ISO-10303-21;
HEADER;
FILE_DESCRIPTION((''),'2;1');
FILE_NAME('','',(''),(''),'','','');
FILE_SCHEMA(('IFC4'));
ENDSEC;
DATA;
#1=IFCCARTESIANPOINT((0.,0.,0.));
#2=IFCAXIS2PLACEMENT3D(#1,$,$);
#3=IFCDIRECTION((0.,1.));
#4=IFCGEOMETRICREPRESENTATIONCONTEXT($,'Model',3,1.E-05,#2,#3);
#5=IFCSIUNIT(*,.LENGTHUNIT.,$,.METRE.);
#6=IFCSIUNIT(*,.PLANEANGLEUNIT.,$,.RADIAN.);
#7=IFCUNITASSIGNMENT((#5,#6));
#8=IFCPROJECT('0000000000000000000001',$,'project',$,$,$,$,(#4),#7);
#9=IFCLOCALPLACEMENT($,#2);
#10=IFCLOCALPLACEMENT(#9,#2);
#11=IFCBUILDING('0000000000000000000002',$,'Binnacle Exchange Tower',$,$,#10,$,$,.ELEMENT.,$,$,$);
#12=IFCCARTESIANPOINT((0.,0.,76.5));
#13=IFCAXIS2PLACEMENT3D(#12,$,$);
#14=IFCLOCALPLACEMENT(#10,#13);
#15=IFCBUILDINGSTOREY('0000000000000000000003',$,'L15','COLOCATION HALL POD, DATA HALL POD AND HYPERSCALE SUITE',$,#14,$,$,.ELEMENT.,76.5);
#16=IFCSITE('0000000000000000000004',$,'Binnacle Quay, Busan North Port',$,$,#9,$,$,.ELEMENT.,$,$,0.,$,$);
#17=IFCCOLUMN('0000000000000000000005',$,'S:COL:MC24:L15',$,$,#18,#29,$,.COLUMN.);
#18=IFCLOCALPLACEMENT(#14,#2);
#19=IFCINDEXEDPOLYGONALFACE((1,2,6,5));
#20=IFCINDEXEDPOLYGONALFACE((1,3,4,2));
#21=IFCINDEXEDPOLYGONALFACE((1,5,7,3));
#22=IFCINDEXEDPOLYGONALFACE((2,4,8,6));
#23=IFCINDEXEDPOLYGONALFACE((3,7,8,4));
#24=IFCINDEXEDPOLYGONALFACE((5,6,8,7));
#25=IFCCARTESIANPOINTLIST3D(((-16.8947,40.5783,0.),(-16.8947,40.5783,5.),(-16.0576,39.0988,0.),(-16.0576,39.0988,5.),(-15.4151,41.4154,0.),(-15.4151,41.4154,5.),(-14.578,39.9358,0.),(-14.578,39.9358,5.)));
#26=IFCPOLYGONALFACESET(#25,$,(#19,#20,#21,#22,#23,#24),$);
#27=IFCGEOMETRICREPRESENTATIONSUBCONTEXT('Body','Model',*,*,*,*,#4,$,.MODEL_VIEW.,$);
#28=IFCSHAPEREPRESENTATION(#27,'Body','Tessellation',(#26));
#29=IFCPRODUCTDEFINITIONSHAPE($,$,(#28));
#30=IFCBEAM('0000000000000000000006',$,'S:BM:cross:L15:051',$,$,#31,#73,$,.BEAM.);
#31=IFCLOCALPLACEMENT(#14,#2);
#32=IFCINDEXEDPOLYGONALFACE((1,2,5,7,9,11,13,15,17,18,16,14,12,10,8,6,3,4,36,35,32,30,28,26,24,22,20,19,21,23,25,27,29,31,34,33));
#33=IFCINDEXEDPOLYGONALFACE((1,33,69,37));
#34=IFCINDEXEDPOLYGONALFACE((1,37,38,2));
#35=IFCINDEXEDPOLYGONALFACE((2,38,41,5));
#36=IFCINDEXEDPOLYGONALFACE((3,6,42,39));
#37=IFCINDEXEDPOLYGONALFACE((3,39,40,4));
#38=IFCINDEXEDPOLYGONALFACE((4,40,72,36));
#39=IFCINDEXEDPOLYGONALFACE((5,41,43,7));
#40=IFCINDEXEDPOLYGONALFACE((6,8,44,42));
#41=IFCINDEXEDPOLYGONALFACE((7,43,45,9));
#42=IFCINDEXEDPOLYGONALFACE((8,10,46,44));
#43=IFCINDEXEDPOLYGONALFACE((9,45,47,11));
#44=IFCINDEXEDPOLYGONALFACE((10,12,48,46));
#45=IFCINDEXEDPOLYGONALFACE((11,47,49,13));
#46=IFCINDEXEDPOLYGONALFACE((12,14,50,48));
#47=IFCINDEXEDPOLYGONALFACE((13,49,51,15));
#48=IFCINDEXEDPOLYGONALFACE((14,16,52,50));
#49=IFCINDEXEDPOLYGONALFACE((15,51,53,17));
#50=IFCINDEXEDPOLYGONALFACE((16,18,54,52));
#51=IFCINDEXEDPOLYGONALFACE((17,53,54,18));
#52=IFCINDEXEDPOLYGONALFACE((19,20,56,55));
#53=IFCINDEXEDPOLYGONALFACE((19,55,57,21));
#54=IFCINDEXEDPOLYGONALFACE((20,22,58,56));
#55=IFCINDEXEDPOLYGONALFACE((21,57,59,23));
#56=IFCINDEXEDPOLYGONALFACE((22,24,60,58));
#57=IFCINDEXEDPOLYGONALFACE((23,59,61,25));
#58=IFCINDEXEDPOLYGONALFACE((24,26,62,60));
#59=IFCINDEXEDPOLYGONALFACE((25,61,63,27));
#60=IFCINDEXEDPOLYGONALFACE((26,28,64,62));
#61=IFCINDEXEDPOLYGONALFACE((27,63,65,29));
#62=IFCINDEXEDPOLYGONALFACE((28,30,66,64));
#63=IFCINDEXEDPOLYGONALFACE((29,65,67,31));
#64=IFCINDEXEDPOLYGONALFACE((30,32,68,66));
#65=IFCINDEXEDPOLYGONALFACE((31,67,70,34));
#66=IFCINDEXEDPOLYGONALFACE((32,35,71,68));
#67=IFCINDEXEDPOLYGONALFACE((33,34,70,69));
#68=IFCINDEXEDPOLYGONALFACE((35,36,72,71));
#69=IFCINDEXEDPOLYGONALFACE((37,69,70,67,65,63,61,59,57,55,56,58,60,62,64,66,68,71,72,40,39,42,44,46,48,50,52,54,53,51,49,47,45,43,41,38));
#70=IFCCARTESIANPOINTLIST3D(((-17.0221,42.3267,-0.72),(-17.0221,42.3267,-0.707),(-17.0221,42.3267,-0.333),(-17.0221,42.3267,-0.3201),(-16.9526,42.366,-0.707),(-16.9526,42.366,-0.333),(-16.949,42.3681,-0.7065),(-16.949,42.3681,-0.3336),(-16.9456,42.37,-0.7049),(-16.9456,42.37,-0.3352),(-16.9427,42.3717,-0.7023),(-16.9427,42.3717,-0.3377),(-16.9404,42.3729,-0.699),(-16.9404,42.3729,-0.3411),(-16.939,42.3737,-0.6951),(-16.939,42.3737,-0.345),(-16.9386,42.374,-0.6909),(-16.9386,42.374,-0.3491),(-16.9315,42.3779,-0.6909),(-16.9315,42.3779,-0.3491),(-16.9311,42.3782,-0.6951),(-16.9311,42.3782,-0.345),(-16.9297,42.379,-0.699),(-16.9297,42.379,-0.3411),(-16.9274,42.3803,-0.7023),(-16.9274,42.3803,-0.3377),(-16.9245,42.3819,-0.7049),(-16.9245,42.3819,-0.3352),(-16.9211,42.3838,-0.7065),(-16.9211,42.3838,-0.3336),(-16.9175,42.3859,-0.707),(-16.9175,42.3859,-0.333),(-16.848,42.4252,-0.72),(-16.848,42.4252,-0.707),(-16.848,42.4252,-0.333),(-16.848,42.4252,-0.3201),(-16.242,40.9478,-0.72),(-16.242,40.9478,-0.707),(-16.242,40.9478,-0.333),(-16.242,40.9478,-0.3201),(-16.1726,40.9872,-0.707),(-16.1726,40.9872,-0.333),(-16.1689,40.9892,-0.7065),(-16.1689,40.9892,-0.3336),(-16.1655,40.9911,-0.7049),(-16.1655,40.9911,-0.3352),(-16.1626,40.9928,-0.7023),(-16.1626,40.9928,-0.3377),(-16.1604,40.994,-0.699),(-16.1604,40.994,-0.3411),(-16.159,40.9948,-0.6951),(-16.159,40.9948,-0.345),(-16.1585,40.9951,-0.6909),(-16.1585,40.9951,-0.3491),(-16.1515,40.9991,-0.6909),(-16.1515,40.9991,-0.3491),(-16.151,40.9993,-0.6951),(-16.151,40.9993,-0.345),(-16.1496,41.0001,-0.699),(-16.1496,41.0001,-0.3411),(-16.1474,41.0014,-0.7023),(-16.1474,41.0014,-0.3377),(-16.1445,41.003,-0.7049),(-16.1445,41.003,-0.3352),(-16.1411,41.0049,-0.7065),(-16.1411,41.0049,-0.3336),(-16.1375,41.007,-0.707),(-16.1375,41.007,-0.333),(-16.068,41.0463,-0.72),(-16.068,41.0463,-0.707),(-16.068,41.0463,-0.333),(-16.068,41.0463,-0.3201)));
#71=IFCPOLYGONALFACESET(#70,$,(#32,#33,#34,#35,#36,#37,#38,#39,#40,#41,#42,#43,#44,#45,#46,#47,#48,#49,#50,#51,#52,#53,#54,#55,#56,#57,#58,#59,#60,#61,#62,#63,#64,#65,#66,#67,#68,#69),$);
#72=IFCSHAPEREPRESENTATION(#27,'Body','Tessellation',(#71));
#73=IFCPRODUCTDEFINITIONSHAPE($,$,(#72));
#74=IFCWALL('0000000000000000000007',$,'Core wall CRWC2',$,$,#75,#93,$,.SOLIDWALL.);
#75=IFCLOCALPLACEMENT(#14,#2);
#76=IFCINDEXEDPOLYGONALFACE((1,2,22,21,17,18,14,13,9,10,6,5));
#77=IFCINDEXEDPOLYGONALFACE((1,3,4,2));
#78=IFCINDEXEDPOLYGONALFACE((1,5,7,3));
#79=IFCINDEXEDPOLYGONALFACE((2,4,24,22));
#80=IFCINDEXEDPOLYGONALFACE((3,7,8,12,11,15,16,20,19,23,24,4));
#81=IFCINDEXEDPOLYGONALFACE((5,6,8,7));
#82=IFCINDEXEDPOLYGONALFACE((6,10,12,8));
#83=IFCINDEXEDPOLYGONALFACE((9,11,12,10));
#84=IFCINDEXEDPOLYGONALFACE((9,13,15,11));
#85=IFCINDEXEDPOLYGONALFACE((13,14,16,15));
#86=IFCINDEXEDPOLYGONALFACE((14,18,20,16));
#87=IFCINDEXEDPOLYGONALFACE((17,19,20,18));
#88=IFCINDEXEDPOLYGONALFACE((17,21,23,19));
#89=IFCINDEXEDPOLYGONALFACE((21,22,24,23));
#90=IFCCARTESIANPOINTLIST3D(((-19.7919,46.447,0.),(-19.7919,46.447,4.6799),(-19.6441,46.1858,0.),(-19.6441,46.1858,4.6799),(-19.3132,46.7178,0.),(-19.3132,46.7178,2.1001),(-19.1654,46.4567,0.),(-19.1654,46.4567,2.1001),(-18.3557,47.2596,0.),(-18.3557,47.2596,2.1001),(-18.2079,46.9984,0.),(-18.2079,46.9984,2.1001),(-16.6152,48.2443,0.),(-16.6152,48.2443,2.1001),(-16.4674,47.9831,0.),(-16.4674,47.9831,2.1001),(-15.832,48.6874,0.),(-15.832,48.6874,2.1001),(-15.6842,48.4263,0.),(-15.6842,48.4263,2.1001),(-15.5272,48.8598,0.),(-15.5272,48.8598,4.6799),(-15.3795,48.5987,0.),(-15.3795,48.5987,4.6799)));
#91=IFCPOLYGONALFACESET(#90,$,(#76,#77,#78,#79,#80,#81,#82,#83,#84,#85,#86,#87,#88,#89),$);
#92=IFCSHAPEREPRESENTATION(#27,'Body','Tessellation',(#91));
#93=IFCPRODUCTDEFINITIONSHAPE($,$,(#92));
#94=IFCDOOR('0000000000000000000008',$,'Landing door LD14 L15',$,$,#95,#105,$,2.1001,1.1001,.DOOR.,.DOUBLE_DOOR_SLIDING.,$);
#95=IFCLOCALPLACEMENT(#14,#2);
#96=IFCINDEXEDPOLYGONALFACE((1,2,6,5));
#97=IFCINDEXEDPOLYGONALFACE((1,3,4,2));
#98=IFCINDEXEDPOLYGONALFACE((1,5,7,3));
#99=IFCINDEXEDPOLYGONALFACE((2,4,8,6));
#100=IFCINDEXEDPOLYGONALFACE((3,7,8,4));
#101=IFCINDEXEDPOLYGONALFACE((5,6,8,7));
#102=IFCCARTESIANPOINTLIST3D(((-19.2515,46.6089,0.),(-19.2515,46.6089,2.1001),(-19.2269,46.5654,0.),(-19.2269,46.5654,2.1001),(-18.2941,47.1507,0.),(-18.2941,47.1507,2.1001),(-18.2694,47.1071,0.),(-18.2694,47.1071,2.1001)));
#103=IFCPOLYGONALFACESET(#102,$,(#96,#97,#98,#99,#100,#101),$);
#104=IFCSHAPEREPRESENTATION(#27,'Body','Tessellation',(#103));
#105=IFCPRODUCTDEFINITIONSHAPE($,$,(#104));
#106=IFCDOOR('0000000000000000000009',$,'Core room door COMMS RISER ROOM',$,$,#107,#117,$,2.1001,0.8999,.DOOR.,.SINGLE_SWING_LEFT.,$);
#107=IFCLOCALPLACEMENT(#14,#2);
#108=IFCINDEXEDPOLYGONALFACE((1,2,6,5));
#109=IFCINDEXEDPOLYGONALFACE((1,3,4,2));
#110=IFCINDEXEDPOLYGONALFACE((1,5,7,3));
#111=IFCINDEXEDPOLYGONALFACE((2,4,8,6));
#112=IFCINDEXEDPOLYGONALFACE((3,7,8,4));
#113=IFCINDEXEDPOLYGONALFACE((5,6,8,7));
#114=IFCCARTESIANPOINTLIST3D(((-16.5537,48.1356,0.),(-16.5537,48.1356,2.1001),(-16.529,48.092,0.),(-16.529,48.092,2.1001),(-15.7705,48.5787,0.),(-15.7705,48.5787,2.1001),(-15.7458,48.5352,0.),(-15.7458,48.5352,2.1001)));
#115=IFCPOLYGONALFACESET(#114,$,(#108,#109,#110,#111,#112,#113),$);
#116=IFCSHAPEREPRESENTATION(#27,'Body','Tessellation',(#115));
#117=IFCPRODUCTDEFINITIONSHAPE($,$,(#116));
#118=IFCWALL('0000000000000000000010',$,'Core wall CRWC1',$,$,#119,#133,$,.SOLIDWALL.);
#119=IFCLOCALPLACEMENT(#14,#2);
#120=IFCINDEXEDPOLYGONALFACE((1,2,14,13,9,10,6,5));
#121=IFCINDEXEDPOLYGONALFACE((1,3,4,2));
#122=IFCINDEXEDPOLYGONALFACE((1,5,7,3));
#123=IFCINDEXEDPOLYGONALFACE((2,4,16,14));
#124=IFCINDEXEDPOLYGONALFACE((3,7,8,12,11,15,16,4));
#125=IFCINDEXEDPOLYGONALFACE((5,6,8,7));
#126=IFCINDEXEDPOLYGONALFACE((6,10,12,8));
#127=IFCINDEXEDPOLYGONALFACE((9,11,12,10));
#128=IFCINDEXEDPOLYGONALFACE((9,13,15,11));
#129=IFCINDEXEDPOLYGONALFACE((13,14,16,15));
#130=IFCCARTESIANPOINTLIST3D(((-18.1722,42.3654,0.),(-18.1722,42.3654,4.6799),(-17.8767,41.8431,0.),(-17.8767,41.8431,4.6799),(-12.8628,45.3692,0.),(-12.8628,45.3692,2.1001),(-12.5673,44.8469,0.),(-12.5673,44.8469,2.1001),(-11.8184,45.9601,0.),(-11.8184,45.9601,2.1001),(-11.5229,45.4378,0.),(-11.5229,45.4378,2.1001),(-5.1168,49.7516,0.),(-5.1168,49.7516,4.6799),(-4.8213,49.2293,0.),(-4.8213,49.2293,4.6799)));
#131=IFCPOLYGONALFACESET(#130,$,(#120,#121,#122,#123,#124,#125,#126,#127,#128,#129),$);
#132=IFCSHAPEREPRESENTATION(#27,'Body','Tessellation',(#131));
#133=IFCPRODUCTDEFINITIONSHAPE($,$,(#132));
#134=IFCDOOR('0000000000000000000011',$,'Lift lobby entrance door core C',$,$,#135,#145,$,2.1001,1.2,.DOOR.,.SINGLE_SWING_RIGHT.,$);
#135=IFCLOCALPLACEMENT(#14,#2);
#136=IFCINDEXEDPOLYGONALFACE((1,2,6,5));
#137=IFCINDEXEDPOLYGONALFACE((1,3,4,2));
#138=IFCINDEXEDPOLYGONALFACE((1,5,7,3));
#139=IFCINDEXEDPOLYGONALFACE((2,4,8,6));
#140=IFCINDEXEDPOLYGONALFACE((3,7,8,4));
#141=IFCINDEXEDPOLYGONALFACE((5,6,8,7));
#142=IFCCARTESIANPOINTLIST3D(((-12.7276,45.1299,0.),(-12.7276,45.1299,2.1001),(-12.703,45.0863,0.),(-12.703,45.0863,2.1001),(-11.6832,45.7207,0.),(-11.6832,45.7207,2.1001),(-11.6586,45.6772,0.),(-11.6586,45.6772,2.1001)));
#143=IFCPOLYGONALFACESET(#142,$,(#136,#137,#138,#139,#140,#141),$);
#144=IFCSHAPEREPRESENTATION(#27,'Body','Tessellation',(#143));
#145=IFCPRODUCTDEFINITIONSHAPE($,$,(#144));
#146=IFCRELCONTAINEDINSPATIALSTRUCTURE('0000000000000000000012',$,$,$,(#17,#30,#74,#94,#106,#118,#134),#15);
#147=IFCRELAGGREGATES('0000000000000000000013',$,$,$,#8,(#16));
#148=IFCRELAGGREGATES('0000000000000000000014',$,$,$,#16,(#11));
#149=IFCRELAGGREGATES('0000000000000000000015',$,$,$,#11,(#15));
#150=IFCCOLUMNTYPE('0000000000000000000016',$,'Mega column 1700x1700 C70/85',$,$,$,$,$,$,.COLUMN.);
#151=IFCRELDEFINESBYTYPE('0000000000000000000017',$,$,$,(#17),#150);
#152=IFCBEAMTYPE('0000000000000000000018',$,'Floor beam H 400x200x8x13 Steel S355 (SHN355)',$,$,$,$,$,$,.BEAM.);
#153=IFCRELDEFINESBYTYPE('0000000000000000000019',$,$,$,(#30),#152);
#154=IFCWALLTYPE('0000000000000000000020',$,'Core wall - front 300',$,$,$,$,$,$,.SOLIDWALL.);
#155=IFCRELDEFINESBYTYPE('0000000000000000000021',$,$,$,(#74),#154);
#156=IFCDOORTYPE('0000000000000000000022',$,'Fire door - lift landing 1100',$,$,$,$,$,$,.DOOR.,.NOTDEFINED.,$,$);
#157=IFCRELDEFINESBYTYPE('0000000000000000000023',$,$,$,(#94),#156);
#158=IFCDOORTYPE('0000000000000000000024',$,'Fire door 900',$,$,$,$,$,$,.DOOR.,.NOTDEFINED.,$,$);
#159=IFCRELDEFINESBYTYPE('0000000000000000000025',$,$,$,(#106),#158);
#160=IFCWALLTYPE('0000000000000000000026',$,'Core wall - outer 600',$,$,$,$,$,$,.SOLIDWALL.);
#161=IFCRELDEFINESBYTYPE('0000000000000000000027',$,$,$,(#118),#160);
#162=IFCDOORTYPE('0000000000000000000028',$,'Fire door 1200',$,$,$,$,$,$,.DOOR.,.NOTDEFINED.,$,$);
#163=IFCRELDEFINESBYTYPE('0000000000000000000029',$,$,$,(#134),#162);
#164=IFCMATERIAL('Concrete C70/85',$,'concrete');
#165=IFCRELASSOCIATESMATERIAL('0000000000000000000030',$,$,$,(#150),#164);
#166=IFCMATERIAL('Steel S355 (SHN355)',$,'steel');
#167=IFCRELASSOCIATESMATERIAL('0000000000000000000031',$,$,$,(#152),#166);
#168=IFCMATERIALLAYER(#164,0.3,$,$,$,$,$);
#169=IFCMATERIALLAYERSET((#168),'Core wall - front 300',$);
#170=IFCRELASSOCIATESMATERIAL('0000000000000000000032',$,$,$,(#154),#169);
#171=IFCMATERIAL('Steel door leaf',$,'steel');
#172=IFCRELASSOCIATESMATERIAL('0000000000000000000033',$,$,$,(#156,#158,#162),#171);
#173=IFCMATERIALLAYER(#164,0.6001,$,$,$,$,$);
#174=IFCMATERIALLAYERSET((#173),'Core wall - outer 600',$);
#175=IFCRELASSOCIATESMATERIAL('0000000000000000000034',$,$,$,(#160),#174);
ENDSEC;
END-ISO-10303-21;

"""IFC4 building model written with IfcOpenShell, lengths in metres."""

from ifc_helpers import new_model, si_unit, direction, frame, frame_2d, origin, origin_2d, place, context, subcontext, project, spatial, rectangle, i_section, extrude, material, layer, layer_set, material_profile, profile_set, type_object, element, fill, save


model = new_model("IFC4")

# Units and contexts
model_context = context("Model", 3, precision=1e-05, world=origin(), true_north=direction((0.0, 1.0)))
body_context = subcontext(model_context, "Body", "Model", "MODEL_VIEW")
ifc_project = project(units=[si_unit("LENGTHUNIT", "METRE"), si_unit("PLANEANGLEUNIT", "RADIAN")], contexts=[model_context])

# Site, building, storey
site_placement = place(None, origin())
site = spatial("IfcSite", under=ifc_project, at=site_placement, Name="Binnacle Quay, Busan North Port", CompositionType="ELEMENT", RefElevation=0.0)
building_placement = place(site_placement, origin())
building = spatial("IfcBuilding", under=site, at=building_placement, Name="Binnacle Exchange Tower", CompositionType="ELEMENT")
storey_placement = place(building_placement, frame((0.0, 0.0, 76.5)))
storey = spatial("IfcBuildingStorey", under=building, at=storey_placement, Name="L15", Description="COLOCATION HALL POD, DATA HALL POD AND HYPERSCALE SUITE", CompositionType="ELEMENT", Elevation=76.5)

# Column
ifc_material_1 = material(Name="Concrete C70/85", Category="concrete")
ifc_material_profile_1 = material_profile(ifc_material_1, rectangle(XDim=1.7, YDim=1.7, at=origin_2d()), Name="Mega column 1700x1700 C70/85")
ifc_profile_set_1 = profile_set([ifc_material_profile_1], Name="Concrete C70/85")
column_type = type_object("IfcColumnType", Name="Mega column 1700x1700 C70/85", PredefinedType="COLUMN", material=ifc_profile_set_1)
column_placement = place(storey_placement, frame((-15.7363, 40.2571, 0.0), z_axis=(0.0, 0.0, 1.0), x_axis=(0.870356, 0.492424, 0.0)))
element("IfcColumn", 1, at=column_placement, inside=storey, type_object=column_type, Name="S:COL:MC24:L15", PredefinedType="COLUMN", context=body_context, shape_type="SweptSolid", body=[
    extrude(rectangle(XDim=1.7, YDim=1.7, at=origin_2d()), origin(), (0.0, 0.0, 1.0), 5.0),
])

# Beam
ifc_material_2 = material(Name="Steel S355 (SHN355)", Category="steel")
ifc_material_profile_2 = material_profile(ifc_material_2, i_section(OverallWidth=0.2, OverallDepth=0.3999, WebThickness=0.0081, FlangeThickness=0.0129, FilletRadius=0.0161, at=origin_2d()), Name="H 400x200x8x13")
ifc_profile_set_2 = profile_set([ifc_material_profile_2], Name="Steel S355 (SHN355)")
beam_type = type_object("IfcBeamType", Name="Floor beam H 400x200x8x13 Steel S355 (SHN355)", PredefinedType="BEAM", material=ifc_profile_set_2)
beam_placement = place(storey_placement, frame((-16.155, 40.9971, -0.52), z_axis=(-0.492367, 0.870388, 0.0), x_axis=(-0.870388, -0.492367, 0.0)))
element("IfcBeam", 2, at=beam_placement, inside=storey, type_object=beam_type, Name="S:BM:cross:L15:051", PredefinedType="BEAM", context=body_context, shape_type="SweptSolid", body=[
    extrude(i_section(OverallWidth=0.2, OverallDepth=0.3999, WebThickness=0.0081, FlangeThickness=0.0129, FilletRadius=0.0161, at=origin_2d()), origin(), (0.0, 0.0, 1.0), 1.5842),
])

# Wall, openings, doors
ifc_layer_1 = layer(ifc_material_1, 0.3)
ifc_layer_set_1 = layer_set([ifc_layer_1], Name="Core wall - front 300")
wall_type_1 = type_object("IfcWallType", Name="Core wall - front 300", PredefinedType="SOLIDWALL", material=ifc_layer_set_1)
wall_1_placement = place(storey_placement, frame((-19.718, 46.3164, 0.0), z_axis=(0.0, 0.0, 1.0), x_axis=(0.870354, 0.492427, 0.0)))
wall_1 = element("IfcWall", 3, at=wall_1_placement, inside=storey, type_object=wall_type_1, Name="Core wall CRWC2", PredefinedType="SOLIDWALL", context=body_context, shape_type="SweptSolid", body=[
    extrude(rectangle(XDim=4.8999, YDim=0.3, at=frame_2d((2.45, 0.0))), origin(), (0.0, 0.0, 1.0), 4.6799),
])
opening_1_placement = place(wall_1_placement, frame((0.55, 0.0, 0.0)))
opening_1 = element("IfcOpeningElement", 4, at=opening_1_placement, cuts=wall_1, PredefinedType="OPENING", context=body_context, shape_type="SweptSolid", body=[
    extrude(rectangle(XDim=1.1001, YDim=2.1001, at=frame_2d((0.55, 1.05))), frame((0.0, 0.1599, 0.0), z_axis=(0.0, -1.0, 0.0), x_axis=(1.0, 0.0, 0.0)), (0.0, 0.0, 1.0), 0.3201),
])
opening_2_placement = place(wall_1_placement, frame((3.6499, 0.0, 0.0)))
opening_2 = element("IfcOpeningElement", 5, at=opening_2_placement, cuts=wall_1, PredefinedType="OPENING", context=body_context, shape_type="SweptSolid", body=[
    extrude(rectangle(XDim=0.8999, YDim=2.1001, at=frame_2d((0.45, 1.05))), frame((0.0, 0.1599, 0.0), z_axis=(0.0, -1.0, 0.0), x_axis=(1.0, 0.0, 0.0)), (0.0, 0.0, 1.0), 0.3201),
])
ifc_material_3 = material(Name="Steel door leaf", Category="steel")
door_type_1 = type_object("IfcDoorType", Name="Fire door - lift landing 1100", OperationType="NOTDEFINED", PredefinedType="DOOR", material=ifc_material_3)
door_1_placement = place(opening_1_placement, origin())
door_1 = element("IfcDoor", 6, at=door_1_placement, inside=storey, type_object=door_type_1, Name="Landing door LD14 L15", OperationType="DOUBLE_DOOR_SLIDING", OverallHeight=2.1001, OverallWidth=1.1001, PredefinedType="DOOR", context=body_context, shape_type="SweptSolid", body=[
    extrude(rectangle(XDim=1.1001, YDim=2.1001, at=frame_2d((0.55, 1.05))), frame((0.0, 0.0249, 0.0), z_axis=(0.0, -1.0, 0.0), x_axis=(1.0, 0.0, 0.0)), (0.0, 0.0, 1.0), 0.05),
])
fill(opening_1, door_1)
door_type_2 = type_object("IfcDoorType", Name="Fire door 900", OperationType="NOTDEFINED", PredefinedType="DOOR", material=ifc_material_3)
door_2_placement = place(opening_2_placement, frame((0.8999, 0.0, 0.0), z_axis=(0.0, 0.0, 1.0), x_axis=(-1.0, 0.0, 0.0)))
door_2 = element("IfcDoor", 7, at=door_2_placement, inside=storey, type_object=door_type_2, Name="Core room door COMMS RISER ROOM", OperationType="SINGLE_SWING_LEFT", OverallHeight=2.1001, OverallWidth=0.8999, PredefinedType="DOOR", context=body_context, shape_type="SweptSolid", body=[
    extrude(rectangle(XDim=0.8999, YDim=2.1001, at=frame_2d((0.45, 1.05))), frame((0.0, 0.0249, 0.0), z_axis=(0.0, -1.0, 0.0), x_axis=(1.0, 0.0, 0.0)), (0.0, 0.0, 1.0), 0.05),
])
fill(opening_2, door_2)

# Wall, opening, door
ifc_layer_2 = layer(ifc_material_1, 0.6001)
ifc_layer_set_2 = layer_set([ifc_layer_2], Name="Core wall - outer 600")
wall_type_2 = type_object("IfcWallType", Name="Core wall - outer 600", PredefinedType="SOLIDWALL", material=ifc_layer_set_2)
wall_2_placement = place(storey_placement, frame((-18.0244, 42.1042, 0.0), z_axis=(0.0, 0.0, 1.0), x_axis=(0.870361, 0.492415, 0.0)))
wall_2 = element("IfcWall", 8, at=wall_2_placement, inside=storey, type_object=wall_type_2, Name="Core wall CRWC1", PredefinedType="SOLIDWALL", context=body_context, shape_type="SweptSolid", body=[
    extrude(rectangle(XDim=15.0, YDim=0.6001, at=frame_2d((7.5, 0.0))), origin(), (0.0, 0.0, 1.0), 4.6799),
])
opening_3_placement = place(wall_2_placement, frame((6.1001, 0.0, 0.0)))
opening_3 = element("IfcOpeningElement", 9, at=opening_3_placement, cuts=wall_2, PredefinedType="OPENING", context=body_context, shape_type="SweptSolid", body=[
    extrude(rectangle(XDim=1.2, YDim=2.1001, at=frame_2d((0.6001, 1.05))), frame((0.0, 0.3101, 0.0), z_axis=(0.0, -1.0, 0.0), x_axis=(1.0, 0.0, 0.0)), (0.0, 0.0, 1.0), 0.6201),
])
door_type_3 = type_object("IfcDoorType", Name="Fire door 1200", OperationType="NOTDEFINED", PredefinedType="DOOR", material=ifc_material_3)
door_3_placement = place(opening_3_placement, frame((1.2, 0.0, 0.0), z_axis=(0.0, 0.0, 1.0), x_axis=(-1.0, 0.0, 0.0)))
door_3 = element("IfcDoor", 10, at=door_3_placement, inside=storey, type_object=door_type_3, Name="Lift lobby entrance door core C", OperationType="SINGLE_SWING_RIGHT", OverallHeight=2.1001, OverallWidth=1.2, PredefinedType="DOOR", context=body_context, shape_type="SweptSolid", body=[
    extrude(rectangle(XDim=1.2, YDim=2.1001, at=frame_2d((0.6001, 1.05))), frame((0.0, 0.0249, 0.0), z_axis=(0.0, -1.0, 0.0), x_axis=(1.0, 0.0, 0.0)), (0.0, 0.0, 1.0), 0.05),
])
fill(opening_3, door_3)

save(model, "model.ifc")
